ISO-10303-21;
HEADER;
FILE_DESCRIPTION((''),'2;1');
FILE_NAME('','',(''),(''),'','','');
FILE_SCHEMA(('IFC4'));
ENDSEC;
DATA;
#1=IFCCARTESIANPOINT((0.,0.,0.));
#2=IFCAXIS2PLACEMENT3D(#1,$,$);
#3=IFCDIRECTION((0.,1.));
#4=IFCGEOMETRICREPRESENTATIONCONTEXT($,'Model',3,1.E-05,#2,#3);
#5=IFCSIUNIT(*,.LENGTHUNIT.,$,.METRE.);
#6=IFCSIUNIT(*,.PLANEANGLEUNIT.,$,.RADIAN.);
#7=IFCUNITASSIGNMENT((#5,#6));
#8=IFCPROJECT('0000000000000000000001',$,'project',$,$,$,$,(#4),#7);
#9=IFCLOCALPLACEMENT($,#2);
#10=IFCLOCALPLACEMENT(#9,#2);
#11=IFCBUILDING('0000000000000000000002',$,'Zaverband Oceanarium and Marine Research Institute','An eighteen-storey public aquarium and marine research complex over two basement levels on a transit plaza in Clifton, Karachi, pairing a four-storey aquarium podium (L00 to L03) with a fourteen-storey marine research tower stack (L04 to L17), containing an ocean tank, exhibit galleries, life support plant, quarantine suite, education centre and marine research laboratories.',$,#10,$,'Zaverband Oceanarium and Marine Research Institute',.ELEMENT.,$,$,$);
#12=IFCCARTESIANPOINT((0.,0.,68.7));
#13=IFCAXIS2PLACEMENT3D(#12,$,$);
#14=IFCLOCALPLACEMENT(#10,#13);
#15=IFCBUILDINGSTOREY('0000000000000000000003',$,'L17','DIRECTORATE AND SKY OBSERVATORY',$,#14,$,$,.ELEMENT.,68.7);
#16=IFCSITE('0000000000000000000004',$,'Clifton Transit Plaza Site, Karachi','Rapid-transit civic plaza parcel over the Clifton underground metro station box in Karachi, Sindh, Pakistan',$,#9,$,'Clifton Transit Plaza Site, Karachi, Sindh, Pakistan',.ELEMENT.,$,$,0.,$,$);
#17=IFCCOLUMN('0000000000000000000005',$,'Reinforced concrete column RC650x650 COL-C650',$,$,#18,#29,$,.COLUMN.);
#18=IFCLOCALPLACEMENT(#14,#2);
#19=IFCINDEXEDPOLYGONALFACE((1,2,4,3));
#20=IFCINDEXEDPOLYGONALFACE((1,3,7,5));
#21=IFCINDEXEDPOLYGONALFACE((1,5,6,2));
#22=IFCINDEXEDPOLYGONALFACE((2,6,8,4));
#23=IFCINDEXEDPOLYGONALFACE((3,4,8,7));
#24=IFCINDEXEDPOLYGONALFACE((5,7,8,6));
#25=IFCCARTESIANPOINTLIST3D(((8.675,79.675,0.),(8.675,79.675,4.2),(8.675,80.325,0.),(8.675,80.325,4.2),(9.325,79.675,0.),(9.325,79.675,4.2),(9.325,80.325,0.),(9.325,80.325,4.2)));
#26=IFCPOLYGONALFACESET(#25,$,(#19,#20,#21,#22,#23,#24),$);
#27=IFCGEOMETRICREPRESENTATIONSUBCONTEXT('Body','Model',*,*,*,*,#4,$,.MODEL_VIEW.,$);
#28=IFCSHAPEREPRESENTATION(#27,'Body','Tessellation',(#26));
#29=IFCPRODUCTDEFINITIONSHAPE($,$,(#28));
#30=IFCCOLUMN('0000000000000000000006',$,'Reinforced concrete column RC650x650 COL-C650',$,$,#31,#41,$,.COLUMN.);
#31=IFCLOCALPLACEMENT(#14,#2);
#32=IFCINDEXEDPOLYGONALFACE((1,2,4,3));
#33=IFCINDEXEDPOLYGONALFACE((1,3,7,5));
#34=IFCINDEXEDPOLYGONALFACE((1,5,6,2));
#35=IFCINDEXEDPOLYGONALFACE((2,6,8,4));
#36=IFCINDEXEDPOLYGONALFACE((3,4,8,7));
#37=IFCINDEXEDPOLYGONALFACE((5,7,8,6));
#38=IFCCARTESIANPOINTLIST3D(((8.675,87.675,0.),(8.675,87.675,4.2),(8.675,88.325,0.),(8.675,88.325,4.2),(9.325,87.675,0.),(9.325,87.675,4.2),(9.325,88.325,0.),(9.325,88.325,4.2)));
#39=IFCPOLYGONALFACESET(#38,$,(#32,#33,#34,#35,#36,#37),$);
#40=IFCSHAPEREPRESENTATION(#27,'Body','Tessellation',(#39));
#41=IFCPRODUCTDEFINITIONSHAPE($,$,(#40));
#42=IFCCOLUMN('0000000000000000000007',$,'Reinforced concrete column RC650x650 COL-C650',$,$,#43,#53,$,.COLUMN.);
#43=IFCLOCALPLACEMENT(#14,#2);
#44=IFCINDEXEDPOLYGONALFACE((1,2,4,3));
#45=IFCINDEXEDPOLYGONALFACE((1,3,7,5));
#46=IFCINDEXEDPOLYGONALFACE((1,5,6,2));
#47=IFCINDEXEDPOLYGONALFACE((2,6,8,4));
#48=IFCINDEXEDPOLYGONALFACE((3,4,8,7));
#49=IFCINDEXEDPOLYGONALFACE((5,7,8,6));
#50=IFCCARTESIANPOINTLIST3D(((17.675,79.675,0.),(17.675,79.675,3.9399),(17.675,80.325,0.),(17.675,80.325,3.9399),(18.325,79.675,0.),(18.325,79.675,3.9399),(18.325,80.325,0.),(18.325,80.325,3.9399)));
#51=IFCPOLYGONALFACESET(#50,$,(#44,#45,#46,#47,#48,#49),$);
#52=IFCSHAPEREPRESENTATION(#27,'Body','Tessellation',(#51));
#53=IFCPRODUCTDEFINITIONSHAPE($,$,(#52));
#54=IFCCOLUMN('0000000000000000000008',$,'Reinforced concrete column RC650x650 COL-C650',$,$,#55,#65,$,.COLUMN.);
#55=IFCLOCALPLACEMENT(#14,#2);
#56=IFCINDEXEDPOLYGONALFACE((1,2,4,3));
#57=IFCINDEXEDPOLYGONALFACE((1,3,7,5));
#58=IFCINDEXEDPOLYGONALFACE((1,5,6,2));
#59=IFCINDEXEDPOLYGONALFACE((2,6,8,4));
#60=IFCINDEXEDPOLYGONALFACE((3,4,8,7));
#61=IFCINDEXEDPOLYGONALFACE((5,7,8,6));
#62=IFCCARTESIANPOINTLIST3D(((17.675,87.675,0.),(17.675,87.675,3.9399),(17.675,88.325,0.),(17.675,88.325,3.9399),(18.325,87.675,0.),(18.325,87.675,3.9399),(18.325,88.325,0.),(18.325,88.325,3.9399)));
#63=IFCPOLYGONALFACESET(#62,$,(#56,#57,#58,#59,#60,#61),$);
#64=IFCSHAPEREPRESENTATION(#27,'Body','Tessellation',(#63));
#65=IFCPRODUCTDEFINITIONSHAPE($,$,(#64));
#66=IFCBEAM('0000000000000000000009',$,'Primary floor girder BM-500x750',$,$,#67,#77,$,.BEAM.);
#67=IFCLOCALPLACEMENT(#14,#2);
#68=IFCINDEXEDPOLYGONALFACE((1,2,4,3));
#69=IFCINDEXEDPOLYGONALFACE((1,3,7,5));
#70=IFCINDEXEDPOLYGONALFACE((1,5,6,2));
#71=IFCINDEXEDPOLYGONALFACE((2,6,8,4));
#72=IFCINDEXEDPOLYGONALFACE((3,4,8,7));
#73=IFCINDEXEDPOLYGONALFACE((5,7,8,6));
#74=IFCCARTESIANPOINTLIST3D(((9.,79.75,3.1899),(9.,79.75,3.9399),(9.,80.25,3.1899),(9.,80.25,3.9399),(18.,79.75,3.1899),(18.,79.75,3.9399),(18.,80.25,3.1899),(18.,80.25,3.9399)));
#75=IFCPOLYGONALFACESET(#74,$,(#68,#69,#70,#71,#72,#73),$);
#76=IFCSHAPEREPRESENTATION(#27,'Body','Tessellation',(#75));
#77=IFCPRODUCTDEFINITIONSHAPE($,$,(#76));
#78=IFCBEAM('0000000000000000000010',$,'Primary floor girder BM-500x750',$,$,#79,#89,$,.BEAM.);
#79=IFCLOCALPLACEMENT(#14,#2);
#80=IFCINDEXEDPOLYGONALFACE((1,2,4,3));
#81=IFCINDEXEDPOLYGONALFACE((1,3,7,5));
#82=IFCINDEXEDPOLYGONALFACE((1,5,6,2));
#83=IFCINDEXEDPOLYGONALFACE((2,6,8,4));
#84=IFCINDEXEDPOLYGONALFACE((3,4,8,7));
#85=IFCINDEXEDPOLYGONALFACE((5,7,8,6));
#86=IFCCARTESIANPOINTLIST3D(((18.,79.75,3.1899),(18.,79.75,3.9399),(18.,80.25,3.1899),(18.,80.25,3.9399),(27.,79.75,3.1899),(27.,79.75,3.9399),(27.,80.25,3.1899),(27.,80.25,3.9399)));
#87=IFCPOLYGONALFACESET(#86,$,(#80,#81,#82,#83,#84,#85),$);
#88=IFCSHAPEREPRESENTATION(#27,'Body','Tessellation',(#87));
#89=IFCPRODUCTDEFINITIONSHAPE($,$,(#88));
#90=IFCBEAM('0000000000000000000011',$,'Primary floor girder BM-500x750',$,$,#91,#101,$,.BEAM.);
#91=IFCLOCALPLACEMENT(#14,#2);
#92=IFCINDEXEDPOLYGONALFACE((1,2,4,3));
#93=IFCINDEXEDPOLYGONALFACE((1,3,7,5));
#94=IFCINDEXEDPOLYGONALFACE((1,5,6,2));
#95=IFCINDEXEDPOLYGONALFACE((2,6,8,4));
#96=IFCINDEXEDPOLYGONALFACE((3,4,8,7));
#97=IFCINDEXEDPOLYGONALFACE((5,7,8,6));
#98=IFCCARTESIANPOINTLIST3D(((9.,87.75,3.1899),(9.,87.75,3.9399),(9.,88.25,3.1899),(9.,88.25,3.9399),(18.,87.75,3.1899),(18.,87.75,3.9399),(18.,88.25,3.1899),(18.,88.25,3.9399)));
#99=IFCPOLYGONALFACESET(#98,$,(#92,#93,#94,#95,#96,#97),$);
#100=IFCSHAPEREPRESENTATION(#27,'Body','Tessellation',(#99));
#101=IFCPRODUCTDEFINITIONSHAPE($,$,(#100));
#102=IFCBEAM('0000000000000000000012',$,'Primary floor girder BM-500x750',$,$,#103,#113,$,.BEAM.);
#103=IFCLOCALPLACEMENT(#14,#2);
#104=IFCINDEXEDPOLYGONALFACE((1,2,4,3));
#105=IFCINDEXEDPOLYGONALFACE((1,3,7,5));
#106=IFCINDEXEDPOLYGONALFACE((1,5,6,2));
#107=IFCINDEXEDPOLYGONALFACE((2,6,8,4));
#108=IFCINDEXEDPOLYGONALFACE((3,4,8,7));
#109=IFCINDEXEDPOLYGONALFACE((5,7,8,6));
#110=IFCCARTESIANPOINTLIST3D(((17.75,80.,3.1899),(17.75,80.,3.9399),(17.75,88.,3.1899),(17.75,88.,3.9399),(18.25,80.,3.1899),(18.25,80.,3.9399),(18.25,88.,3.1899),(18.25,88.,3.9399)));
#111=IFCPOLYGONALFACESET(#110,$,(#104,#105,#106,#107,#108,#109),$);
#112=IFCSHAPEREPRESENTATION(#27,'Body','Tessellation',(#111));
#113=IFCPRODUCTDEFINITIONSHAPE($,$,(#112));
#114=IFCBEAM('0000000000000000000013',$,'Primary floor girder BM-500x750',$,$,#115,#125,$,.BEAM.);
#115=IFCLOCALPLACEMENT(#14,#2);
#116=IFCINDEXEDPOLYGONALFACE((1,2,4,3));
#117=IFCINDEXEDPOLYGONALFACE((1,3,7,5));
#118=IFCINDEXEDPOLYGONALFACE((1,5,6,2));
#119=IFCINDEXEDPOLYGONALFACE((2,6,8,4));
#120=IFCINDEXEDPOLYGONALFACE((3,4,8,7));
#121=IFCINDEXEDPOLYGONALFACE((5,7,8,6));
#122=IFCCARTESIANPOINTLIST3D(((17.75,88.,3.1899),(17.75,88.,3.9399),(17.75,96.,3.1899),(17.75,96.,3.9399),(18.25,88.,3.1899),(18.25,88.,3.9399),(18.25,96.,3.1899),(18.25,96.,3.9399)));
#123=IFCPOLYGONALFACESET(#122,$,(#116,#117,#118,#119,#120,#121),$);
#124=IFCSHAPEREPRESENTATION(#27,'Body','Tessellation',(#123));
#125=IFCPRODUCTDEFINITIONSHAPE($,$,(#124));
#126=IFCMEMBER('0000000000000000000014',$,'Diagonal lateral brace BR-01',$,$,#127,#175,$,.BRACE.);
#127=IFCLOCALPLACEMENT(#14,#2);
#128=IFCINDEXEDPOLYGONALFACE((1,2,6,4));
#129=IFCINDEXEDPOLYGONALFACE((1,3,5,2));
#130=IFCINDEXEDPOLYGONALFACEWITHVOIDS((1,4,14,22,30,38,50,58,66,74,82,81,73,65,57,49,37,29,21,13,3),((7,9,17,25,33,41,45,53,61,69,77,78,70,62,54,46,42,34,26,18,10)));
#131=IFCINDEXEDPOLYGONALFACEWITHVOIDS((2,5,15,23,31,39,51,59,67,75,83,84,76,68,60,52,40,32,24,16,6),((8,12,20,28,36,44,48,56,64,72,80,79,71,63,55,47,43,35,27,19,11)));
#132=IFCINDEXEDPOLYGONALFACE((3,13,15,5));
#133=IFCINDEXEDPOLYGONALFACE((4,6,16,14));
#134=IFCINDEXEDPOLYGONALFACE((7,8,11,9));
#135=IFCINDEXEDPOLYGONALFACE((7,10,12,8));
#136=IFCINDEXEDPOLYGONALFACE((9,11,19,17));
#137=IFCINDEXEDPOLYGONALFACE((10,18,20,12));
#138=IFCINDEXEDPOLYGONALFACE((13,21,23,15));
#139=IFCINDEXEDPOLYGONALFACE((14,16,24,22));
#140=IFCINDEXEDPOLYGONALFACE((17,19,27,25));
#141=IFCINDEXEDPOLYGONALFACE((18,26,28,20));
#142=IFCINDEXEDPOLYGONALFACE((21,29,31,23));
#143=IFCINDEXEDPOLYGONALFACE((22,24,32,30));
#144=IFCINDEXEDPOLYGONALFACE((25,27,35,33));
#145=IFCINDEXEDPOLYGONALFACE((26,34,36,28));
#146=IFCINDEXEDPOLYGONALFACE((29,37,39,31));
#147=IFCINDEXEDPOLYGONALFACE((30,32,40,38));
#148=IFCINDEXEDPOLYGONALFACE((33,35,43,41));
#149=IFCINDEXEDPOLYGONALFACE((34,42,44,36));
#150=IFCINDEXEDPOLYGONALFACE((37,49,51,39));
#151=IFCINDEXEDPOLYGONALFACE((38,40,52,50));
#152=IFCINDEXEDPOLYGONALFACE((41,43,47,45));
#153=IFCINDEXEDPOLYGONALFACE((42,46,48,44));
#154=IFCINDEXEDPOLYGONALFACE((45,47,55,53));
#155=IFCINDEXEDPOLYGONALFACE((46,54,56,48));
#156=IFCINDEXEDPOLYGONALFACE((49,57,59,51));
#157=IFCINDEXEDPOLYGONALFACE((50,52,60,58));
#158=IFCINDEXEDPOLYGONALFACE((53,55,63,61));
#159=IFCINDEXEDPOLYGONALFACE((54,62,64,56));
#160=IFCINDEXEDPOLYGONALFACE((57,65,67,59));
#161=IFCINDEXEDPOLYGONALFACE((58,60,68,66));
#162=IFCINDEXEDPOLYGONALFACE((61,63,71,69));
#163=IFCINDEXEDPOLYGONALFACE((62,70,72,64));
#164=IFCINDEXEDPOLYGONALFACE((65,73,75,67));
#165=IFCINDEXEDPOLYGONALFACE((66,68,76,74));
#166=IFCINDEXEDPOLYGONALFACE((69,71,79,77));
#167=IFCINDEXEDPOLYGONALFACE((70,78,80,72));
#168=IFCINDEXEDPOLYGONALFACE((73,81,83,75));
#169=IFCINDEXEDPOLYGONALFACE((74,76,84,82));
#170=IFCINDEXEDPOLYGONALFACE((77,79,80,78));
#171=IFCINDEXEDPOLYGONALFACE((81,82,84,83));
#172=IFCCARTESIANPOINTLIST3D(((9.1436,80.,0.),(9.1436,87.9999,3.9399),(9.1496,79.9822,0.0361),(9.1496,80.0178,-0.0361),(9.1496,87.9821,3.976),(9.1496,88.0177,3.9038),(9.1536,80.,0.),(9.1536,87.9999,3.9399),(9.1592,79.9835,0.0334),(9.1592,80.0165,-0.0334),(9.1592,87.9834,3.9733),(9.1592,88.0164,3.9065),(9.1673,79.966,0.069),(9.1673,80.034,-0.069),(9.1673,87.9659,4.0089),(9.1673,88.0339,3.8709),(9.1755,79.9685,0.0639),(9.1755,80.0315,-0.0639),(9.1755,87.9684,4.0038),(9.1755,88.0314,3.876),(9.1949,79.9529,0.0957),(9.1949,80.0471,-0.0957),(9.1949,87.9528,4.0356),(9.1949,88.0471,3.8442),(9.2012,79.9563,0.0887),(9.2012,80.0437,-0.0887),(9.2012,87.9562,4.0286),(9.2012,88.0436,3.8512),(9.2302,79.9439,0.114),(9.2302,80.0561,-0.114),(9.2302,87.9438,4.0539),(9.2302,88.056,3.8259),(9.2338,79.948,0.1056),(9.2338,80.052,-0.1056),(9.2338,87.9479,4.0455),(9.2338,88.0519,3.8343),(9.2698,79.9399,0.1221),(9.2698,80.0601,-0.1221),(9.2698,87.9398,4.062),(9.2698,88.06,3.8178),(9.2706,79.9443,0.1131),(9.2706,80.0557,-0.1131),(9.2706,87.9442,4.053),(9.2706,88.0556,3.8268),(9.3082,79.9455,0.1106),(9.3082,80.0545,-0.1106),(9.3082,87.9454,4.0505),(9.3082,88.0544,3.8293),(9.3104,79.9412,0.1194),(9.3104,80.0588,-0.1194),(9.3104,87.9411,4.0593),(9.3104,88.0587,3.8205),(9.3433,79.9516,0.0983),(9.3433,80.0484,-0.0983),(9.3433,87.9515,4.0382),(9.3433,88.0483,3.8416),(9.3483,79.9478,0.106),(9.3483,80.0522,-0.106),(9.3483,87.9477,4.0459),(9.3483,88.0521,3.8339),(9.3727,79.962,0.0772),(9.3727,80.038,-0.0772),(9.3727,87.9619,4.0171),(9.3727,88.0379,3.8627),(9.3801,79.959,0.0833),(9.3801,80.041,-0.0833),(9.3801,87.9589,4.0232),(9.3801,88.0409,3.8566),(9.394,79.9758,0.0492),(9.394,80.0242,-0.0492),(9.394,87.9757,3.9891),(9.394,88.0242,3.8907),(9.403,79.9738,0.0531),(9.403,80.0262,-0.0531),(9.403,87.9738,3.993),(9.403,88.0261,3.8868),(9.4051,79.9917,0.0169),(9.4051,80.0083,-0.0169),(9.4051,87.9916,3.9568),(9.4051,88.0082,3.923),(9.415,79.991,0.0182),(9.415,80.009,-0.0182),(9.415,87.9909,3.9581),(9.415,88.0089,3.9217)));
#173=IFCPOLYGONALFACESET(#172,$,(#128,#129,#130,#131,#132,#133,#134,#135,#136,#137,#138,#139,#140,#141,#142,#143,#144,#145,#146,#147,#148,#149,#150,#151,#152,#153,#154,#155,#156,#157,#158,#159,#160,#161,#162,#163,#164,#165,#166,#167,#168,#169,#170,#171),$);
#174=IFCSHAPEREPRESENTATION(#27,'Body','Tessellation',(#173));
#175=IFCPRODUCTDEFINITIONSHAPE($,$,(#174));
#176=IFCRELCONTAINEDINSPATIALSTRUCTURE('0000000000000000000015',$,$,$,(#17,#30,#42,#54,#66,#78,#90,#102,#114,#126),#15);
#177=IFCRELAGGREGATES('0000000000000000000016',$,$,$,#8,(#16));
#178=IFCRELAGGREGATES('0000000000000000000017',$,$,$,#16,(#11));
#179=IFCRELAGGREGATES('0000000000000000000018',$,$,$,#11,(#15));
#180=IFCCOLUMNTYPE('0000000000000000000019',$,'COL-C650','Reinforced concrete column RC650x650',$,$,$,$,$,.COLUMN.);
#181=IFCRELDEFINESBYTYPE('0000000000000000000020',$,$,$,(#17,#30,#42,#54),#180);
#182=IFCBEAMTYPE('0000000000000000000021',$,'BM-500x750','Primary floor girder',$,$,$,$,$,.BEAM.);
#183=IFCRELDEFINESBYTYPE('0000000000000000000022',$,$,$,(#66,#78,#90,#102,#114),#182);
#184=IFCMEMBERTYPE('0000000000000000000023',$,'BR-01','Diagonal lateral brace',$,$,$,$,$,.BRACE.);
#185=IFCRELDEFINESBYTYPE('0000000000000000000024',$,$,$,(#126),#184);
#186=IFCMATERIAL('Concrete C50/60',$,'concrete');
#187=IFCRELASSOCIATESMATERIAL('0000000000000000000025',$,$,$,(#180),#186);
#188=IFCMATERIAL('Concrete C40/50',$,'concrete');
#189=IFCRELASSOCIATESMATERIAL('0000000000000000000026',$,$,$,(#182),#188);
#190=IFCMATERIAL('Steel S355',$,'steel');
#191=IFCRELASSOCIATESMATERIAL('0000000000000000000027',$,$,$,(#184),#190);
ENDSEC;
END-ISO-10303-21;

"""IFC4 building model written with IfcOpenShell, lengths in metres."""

from ifc_helpers import new_model, si_unit, direction, frame, origin, origin_2d, place, context, subcontext, project, spatial, rectangle, hollow_circle, extrude, material, material_profile, profile_set, type_object, element, save


model = new_model("IFC4")

# Units and contexts
model_context = context("Model", 3, precision=1e-05, world=origin(), true_north=direction((0.0, 1.0)))
body_context = subcontext(model_context, "Body", "Model", "MODEL_VIEW")
ifc_project = project(units=[si_unit("LENGTHUNIT", "METRE"), si_unit("PLANEANGLEUNIT", "RADIAN")], contexts=[model_context])

# Site, building, storey
site_placement = place(None, origin())
site = spatial("IfcSite", under=ifc_project, at=site_placement, Name="Clifton Transit Plaza Site, Karachi", Description="Rapid-transit civic plaza parcel over the Clifton underground metro station box in Karachi, Sindh, Pakistan", LongName="Clifton Transit Plaza Site, Karachi, Sindh, Pakistan", CompositionType="ELEMENT", RefElevation=0.0)
building_placement = place(site_placement, origin())
building = spatial("IfcBuilding", under=site, at=building_placement, Name="Zaverband Oceanarium and Marine Research Institute", Description="An eighteen-storey public aquarium and marine research complex over two basement levels on a transit plaza in Clifton, Karachi, pairing a four-storey aquarium podium (L00 to L03) with a fourteen-storey marine research tower stack (L04 to L17), containing an ocean tank, exhibit galleries, life support plant, quarantine suite, education centre and marine research laboratories.", LongName="Zaverband Oceanarium and Marine Research Institute", CompositionType="ELEMENT")
storey_placement = place(building_placement, frame((0.0, 0.0, 68.7)))
storey = spatial("IfcBuildingStorey", under=building, at=storey_placement, Name="L17", Description="DIRECTORATE AND SKY OBSERVATORY", CompositionType="ELEMENT", Elevation=68.7)

# Columns
ifc_material_1 = material(Name="Concrete C50/60", Category="concrete")
ifc_material_profile_1 = material_profile(ifc_material_1, rectangle(XDim=0.6499, YDim=0.6499, at=origin_2d()), Name="RC650x650")
ifc_profile_set_1 = profile_set([ifc_material_profile_1], Name="Concrete C50/60")
column_type = type_object("IfcColumnType", Name="COL-C650", Description="Reinforced concrete column RC650x650", PredefinedType="COLUMN", material=ifc_profile_set_1)
for number, where, z_axis, x_axis, name in (
    (1, (9.0, 80.0, 0.0), (0.0, 0.0, 1.0), (1.0, 0.0, 0.0), "Reinforced concrete column RC650x650 COL-C650"),
    (2, (9.0, 88.0, 0.0), (0.0, 0.0, 1.0), (1.0, 0.0, 0.0), "Reinforced concrete column RC650x650 COL-C650"),
):
    element("IfcColumn", number, at=place(storey_placement, frame(where, z_axis=z_axis, x_axis=x_axis)), inside=storey, type_object=column_type, Name=name, PredefinedType="COLUMN", context=body_context, shape_type="SweptSolid", body=[
        extrude(rectangle(XDim=0.6499, YDim=0.6499, at=origin_2d()), origin(), (0.0, 0.0, 1.0), 4.2),
    ])
for number, where, z_axis, x_axis, name in (
    (3, (18.0, 80.0, 0.0), (0.0, 0.0, 1.0), (1.0, 0.0, 0.0), "Reinforced concrete column RC650x650 COL-C650"),
    (4, (18.0, 88.0, 0.0), (0.0, 0.0, 1.0), (1.0, 0.0, 0.0), "Reinforced concrete column RC650x650 COL-C650"),
):
    element("IfcColumn", number, at=place(storey_placement, frame(where, z_axis=z_axis, x_axis=x_axis)), inside=storey, type_object=column_type, Name=name, PredefinedType="COLUMN", context=body_context, shape_type="SweptSolid", body=[
        extrude(rectangle(XDim=0.6499, YDim=0.6499, at=origin_2d()), origin(), (0.0, 0.0, 1.0), 3.9399),
    ])

# Beams
ifc_material_2 = material(Name="Concrete C40/50", Category="concrete")
ifc_material_profile_2 = material_profile(ifc_material_2, rectangle(XDim=0.5, YDim=0.75, at=origin_2d()), Name="RC500x750")
ifc_profile_set_2 = profile_set([ifc_material_profile_2], Name="Concrete C40/50")
beam_type_1 = type_object("IfcBeamType", Name="BM-500x750", Description="Primary floor girder", PredefinedType="BEAM", material=ifc_profile_set_2)
for number, where, z_axis, x_axis, name in (
    (5, (9.0, 80.0, 3.5649), (1.0, 0.0, 0.0), (0.0, 1.0, 0.0), "Primary floor girder BM-500x750"),
    (6, (18.0, 80.0, 3.5649), (1.0, 0.0, 0.0), (0.0, 1.0, 0.0), "Primary floor girder BM-500x750"),
    (7, (9.0, 88.0, 3.5649), (1.0, 0.0, 0.0), (0.0, 1.0, 0.0), "Primary floor girder BM-500x750"),
):
    element("IfcBeam", number, at=place(storey_placement, frame(where, z_axis=z_axis, x_axis=x_axis)), inside=storey, type_object=beam_type_1, Name=name, PredefinedType="BEAM", context=body_context, shape_type="SweptSolid", body=[
        extrude(rectangle(XDim=0.5, YDim=0.75, at=origin_2d()), origin(), (0.0, 0.0, 1.0), 9.0),
    ])
for number, where, z_axis, x_axis, name in (
    (8, (18.0, 80.0, 3.5649), (0.0, 1.0, 0.0), (-1.0, 0.0, 0.0), "Primary floor girder BM-500x750"),
    (9, (18.0, 88.0, 3.5649), (0.0, 1.0, 0.0), (-1.0, 0.0, 0.0), "Primary floor girder BM-500x750"),
):
    element("IfcBeam", number, at=place(storey_placement, frame(where, z_axis=z_axis, x_axis=x_axis)), inside=storey, type_object=beam_type_1, Name=name, PredefinedType="BEAM", context=body_context, shape_type="SweptSolid", body=[
        extrude(rectangle(XDim=0.5, YDim=0.75, at=origin_2d()), origin(), (0.0, 0.0, 1.0), 8.0),
    ])

# Member
ifc_material_3 = material(Name="Steel S355", Category="steel")
ifc_material_profile_3 = material_profile(ifc_material_3, hollow_circle(Radius=0.1365, WallThickness=0.01, at=origin_2d()), Name="CHS273x10")
ifc_profile_set_3 = profile_set([ifc_material_profile_3], Name="Steel S355")
member_type = type_object("IfcMemberType", Name="BR-01", Description="Diagonal lateral brace", PredefinedType="BRACE", material=ifc_profile_set_3)
for number, where, z_axis, x_axis, name in (
    (10, (9.28, 80.0, 0.0), (0.0, 0.897105, 0.441818), (-1.0, 0.0, 0.0), "Diagonal lateral brace BR-01"),
):
    element("IfcMember", number, at=place(storey_placement, frame(where, z_axis=z_axis, x_axis=x_axis)), inside=storey, type_object=member_type, Name=name, PredefinedType="BRACE", context=body_context, shape_type="SweptSolid", body=[
        extrude(hollow_circle(Radius=0.1365, WallThickness=0.01, at=origin_2d()), origin(), (0.0, 0.0, 1.0), 8.9175),
    ])

save(model, "model.ifc")
